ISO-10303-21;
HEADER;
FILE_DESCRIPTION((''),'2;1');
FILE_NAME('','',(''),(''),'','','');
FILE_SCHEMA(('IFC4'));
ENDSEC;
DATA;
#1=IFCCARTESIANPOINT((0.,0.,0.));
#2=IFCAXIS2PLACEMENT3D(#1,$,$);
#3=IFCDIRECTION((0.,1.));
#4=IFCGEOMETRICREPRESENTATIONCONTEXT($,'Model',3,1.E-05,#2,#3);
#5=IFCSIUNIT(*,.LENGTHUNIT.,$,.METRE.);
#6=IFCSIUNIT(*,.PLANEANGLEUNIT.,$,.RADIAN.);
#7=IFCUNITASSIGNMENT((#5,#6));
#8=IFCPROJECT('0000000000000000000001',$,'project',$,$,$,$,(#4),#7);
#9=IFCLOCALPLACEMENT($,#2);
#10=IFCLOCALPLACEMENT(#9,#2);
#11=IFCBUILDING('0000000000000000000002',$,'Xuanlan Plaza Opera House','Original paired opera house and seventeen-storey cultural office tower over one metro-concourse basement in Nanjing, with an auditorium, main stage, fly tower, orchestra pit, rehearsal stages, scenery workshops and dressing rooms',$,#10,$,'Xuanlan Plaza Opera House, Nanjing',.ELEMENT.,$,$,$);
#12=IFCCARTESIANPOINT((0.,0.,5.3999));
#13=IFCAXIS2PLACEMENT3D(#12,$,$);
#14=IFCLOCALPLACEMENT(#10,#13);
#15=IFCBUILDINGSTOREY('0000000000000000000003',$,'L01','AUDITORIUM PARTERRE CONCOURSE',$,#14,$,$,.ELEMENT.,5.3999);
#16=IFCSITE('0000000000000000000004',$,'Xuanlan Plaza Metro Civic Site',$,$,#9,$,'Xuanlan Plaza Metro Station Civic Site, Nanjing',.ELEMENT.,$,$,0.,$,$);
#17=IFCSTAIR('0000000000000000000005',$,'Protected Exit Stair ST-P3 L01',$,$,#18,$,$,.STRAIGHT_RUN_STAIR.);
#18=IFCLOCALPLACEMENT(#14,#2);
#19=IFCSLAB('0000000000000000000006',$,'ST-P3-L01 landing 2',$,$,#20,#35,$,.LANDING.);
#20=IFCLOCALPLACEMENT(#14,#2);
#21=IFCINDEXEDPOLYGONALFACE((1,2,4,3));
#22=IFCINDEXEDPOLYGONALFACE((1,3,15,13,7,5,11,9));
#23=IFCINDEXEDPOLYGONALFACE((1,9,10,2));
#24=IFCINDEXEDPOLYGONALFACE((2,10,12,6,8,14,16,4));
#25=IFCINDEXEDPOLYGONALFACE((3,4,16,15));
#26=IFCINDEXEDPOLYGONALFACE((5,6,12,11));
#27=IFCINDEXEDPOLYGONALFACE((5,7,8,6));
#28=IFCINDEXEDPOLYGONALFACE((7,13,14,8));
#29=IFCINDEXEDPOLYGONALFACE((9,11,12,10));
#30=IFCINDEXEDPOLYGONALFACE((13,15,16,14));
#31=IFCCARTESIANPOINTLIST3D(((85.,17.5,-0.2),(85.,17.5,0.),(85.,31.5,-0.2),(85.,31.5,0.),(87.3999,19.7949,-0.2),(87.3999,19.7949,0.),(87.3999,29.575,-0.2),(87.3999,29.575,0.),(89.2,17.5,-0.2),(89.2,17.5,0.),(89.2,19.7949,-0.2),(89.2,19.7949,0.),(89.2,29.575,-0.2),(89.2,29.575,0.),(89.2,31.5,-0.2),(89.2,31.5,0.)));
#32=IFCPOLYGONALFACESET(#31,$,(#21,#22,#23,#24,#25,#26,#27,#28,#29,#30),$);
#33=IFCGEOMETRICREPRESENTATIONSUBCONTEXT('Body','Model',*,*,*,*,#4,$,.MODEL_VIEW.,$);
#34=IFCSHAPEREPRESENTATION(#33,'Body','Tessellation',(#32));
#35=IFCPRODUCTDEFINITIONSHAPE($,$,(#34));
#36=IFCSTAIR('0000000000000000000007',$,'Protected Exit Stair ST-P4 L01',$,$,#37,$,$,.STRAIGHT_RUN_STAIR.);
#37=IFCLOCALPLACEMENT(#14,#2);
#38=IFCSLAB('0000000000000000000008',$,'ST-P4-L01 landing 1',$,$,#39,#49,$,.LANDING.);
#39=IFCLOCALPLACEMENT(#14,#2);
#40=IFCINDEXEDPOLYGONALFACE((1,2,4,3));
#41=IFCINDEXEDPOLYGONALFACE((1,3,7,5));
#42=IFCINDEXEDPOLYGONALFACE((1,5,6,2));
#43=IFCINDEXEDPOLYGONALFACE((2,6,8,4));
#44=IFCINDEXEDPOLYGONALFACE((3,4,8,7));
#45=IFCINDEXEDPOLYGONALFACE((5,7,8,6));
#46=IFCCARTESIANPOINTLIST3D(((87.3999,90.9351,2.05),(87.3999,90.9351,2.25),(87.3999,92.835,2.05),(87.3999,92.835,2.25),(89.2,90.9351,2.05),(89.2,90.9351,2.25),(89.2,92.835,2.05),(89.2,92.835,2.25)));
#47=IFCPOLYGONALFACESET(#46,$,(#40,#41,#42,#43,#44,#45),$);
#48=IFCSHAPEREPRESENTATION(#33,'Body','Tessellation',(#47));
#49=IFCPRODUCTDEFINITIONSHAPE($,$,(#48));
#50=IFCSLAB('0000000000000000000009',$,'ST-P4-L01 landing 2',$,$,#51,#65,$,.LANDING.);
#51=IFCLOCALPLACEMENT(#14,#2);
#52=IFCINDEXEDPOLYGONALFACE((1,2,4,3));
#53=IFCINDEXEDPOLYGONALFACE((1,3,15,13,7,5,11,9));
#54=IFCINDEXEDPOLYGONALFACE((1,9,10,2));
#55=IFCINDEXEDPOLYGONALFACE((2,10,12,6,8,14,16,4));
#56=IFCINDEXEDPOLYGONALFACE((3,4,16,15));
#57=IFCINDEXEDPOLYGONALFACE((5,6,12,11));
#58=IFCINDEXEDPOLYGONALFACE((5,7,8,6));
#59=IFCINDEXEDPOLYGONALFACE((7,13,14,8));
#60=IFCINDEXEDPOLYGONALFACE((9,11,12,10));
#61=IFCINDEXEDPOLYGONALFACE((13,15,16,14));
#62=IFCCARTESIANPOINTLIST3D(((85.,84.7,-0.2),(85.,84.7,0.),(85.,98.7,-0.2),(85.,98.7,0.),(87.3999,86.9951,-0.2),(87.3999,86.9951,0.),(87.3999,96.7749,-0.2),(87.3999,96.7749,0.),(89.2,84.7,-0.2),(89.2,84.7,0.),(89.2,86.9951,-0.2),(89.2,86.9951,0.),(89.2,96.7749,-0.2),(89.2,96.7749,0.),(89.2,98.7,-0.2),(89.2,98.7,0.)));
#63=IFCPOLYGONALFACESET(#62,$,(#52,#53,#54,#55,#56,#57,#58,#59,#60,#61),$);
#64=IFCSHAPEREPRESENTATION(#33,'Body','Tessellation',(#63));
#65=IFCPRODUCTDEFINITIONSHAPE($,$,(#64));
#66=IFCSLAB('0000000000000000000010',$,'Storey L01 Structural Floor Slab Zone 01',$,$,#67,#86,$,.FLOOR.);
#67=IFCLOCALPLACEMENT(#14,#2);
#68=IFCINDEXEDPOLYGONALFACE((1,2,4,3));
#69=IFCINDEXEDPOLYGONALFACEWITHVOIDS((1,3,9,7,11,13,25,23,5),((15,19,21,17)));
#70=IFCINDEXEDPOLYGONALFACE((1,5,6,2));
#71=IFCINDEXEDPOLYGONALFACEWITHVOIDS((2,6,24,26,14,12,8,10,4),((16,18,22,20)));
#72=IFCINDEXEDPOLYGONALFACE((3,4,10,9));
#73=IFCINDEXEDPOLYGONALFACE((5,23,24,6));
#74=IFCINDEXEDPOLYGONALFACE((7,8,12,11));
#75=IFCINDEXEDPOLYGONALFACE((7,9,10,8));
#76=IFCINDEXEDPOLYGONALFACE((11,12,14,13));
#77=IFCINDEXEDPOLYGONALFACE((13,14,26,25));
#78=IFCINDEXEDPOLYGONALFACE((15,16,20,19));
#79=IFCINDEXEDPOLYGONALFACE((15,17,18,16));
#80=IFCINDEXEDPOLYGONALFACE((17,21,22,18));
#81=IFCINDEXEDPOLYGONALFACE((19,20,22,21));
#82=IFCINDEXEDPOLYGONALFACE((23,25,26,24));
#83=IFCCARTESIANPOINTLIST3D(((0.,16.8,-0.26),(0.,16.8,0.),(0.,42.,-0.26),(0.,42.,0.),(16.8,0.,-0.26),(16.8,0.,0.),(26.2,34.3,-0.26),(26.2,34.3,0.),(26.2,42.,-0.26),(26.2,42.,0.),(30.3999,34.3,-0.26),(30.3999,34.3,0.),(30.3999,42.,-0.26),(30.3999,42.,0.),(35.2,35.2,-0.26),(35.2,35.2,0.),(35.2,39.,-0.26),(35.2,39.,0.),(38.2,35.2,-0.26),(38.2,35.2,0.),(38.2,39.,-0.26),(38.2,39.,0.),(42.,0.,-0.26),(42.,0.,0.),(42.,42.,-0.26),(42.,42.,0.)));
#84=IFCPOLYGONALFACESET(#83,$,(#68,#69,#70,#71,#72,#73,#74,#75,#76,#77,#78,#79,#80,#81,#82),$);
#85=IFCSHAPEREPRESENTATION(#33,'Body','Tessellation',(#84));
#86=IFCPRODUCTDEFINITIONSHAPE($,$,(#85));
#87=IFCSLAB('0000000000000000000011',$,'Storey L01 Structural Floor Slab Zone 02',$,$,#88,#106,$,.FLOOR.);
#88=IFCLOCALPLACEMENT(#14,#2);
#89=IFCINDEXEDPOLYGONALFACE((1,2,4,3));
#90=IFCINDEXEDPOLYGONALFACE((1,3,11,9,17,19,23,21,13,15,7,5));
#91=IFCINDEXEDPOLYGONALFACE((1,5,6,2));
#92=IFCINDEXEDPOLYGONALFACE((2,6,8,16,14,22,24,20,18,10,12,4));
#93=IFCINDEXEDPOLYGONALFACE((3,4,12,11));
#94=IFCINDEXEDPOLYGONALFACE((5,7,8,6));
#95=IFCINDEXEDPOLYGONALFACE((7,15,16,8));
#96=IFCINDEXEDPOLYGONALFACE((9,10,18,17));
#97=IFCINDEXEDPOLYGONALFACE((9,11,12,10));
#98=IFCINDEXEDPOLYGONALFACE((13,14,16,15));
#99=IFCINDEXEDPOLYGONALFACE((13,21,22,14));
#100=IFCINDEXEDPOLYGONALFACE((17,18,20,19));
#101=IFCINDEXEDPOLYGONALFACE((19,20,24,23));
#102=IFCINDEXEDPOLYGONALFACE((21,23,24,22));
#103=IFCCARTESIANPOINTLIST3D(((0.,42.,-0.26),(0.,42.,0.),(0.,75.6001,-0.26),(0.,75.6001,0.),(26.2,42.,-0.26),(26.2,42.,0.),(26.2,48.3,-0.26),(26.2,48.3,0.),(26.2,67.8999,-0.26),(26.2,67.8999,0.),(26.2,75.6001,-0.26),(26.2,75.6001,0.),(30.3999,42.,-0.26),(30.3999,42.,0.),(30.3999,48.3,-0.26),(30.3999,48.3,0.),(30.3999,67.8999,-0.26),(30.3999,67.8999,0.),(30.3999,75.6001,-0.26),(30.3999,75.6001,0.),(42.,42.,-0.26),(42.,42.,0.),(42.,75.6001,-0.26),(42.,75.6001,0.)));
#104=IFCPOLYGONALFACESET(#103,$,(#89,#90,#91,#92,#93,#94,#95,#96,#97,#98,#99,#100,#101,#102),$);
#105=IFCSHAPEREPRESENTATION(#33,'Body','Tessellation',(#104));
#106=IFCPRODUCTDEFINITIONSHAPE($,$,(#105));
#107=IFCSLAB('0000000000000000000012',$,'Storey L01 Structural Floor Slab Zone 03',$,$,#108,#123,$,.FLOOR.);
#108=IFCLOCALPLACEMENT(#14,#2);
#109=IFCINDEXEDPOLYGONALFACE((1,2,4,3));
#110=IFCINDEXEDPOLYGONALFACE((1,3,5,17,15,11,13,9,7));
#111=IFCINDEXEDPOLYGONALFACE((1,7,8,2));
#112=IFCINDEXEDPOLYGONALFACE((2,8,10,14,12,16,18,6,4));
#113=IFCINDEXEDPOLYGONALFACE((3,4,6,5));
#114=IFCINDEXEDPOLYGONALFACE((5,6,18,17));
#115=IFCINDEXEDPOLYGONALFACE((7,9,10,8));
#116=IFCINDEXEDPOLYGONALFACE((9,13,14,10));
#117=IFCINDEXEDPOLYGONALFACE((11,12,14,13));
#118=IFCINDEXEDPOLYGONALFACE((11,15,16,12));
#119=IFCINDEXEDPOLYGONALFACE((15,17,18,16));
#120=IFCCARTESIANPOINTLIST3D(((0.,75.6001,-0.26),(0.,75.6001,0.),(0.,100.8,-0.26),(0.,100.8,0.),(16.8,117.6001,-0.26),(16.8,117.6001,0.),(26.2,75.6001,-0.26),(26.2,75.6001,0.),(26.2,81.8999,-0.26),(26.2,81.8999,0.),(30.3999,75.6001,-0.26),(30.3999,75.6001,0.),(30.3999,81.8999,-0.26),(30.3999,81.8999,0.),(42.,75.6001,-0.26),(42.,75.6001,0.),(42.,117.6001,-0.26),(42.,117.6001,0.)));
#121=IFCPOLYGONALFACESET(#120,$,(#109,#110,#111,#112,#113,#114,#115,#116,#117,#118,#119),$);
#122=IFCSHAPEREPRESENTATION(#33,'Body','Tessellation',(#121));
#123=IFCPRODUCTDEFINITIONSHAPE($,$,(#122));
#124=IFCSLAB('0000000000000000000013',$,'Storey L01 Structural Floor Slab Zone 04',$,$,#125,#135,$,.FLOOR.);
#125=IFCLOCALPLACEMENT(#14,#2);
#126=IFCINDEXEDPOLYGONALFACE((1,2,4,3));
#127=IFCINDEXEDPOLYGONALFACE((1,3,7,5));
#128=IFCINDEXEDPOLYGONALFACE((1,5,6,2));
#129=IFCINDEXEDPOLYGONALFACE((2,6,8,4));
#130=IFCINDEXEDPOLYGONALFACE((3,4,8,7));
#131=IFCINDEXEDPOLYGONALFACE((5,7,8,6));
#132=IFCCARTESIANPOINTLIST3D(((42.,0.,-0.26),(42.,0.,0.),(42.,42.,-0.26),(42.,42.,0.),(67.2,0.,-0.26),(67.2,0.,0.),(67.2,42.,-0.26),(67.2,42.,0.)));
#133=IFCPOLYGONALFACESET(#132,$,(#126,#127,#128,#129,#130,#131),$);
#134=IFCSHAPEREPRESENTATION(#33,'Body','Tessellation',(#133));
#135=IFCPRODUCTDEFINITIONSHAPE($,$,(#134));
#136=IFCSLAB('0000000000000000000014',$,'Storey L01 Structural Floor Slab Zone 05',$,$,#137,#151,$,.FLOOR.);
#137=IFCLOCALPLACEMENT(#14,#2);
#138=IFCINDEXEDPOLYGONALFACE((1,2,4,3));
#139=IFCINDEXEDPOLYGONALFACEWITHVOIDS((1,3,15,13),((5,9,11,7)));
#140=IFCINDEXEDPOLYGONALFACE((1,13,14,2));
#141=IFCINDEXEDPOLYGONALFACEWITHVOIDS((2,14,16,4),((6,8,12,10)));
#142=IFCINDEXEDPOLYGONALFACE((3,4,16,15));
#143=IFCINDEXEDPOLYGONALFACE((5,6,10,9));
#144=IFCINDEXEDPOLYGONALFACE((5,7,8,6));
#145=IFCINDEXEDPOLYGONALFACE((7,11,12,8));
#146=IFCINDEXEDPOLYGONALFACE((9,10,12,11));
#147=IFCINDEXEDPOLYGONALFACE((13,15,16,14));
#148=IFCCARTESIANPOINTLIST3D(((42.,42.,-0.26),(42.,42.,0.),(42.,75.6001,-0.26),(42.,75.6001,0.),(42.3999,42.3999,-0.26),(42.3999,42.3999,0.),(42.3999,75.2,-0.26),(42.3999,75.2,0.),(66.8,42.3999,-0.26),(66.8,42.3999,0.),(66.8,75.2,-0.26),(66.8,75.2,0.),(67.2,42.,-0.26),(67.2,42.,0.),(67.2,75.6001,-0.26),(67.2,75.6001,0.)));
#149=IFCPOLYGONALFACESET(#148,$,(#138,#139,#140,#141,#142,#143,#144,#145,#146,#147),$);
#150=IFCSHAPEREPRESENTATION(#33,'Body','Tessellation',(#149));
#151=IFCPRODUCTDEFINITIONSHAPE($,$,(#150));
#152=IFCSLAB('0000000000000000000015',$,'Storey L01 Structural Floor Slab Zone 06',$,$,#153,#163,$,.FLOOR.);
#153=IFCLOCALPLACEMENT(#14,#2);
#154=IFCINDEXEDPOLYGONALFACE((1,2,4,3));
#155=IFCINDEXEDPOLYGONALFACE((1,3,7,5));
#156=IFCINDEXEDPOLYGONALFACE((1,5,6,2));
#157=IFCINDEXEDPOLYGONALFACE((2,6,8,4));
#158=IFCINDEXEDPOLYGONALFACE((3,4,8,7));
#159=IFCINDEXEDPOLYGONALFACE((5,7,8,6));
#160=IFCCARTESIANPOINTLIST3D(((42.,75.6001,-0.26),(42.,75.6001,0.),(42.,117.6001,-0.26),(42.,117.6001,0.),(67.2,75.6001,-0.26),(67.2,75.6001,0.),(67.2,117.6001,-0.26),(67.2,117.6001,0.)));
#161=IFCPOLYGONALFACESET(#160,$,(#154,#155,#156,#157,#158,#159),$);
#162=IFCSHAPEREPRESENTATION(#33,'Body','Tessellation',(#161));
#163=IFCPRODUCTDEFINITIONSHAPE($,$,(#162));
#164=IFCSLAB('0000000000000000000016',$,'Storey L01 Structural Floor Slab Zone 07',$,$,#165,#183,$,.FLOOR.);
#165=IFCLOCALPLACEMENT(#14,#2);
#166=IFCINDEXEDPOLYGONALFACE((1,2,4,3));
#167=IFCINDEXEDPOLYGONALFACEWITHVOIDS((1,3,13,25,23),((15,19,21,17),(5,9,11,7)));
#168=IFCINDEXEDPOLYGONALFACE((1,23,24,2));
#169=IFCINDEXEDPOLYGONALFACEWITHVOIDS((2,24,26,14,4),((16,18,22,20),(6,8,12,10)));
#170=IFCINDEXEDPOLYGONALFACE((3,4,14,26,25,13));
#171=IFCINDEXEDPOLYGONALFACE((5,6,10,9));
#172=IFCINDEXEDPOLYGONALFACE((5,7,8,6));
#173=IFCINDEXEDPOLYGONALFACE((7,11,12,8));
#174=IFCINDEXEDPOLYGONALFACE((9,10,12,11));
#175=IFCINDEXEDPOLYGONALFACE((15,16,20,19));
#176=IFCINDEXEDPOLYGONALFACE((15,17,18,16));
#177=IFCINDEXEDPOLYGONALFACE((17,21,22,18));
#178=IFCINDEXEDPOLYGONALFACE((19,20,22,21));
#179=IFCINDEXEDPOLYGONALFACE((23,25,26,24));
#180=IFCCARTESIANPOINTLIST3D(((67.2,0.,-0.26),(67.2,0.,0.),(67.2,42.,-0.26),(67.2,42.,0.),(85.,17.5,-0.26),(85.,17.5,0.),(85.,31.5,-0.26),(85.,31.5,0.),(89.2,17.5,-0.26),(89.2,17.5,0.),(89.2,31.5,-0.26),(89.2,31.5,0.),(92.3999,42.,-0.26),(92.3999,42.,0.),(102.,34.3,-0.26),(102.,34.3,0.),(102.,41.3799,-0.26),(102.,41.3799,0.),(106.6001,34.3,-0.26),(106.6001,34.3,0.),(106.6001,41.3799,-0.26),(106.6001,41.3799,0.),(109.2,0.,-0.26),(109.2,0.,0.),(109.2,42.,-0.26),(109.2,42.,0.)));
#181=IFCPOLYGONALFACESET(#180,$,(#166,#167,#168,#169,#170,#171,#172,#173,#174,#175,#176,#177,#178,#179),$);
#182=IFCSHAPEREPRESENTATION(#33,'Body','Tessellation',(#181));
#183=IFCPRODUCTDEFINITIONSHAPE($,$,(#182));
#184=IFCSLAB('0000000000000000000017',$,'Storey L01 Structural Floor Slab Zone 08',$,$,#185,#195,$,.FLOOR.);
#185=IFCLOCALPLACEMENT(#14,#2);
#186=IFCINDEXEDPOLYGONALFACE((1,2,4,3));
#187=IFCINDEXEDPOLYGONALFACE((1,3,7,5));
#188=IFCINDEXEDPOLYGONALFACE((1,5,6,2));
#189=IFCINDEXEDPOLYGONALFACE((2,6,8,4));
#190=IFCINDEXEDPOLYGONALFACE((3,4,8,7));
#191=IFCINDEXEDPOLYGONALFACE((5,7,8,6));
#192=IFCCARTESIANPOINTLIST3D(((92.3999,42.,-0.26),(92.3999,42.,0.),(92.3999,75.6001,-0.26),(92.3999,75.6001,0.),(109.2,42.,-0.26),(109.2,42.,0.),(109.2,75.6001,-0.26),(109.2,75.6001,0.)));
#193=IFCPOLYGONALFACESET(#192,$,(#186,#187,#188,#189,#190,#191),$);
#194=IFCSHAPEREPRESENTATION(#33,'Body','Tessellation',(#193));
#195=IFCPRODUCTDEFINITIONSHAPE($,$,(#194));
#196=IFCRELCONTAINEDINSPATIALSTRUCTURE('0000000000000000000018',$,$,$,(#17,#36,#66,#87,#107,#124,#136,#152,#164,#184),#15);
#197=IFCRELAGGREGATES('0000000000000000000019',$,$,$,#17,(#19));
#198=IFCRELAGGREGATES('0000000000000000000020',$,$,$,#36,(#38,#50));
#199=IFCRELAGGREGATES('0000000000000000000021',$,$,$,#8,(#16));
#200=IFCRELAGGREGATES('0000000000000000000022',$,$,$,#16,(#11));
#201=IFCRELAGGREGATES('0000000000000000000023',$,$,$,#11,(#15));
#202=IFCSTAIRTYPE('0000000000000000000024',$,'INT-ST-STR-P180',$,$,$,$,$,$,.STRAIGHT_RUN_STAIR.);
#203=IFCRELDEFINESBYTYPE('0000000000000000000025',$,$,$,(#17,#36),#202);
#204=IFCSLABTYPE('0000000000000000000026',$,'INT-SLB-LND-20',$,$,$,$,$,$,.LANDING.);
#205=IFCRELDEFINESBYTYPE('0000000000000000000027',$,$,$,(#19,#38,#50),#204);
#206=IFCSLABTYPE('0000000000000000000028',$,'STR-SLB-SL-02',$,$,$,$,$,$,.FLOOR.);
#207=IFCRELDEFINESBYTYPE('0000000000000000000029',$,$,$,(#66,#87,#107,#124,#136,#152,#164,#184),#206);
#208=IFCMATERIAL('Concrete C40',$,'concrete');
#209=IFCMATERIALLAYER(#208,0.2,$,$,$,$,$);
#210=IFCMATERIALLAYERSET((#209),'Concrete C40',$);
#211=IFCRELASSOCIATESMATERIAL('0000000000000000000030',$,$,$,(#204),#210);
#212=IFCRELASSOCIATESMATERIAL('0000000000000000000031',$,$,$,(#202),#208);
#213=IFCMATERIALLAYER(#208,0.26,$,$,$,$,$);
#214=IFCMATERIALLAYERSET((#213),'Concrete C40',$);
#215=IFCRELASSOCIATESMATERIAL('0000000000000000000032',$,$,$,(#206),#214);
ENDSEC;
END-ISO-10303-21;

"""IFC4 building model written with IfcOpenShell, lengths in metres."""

from ifc_helpers import new_model, si_unit, direction, frame, origin, place, context, subcontext, project, spatial, polyline, outline, extrude, material, layer, layer_set, type_object, element, aggregate, save


model = new_model("IFC4")

# Units and contexts
model_context = context("Model", 3, precision=1e-05, world=origin(), true_north=direction((0.0, 1.0)))
body_context = subcontext(model_context, "Body", "Model", "MODEL_VIEW")
ifc_project = project(units=[si_unit("LENGTHUNIT", "METRE"), si_unit("PLANEANGLEUNIT", "RADIAN")], contexts=[model_context])

# Site, building, storey
site_placement = place(None, origin())
site = spatial("IfcSite", under=ifc_project, at=site_placement, Name="Xuanlan Plaza Metro Civic Site", LongName="Xuanlan Plaza Metro Station Civic Site, Nanjing", CompositionType="ELEMENT", RefElevation=0.0)
building_placement = place(site_placement, origin())
building = spatial("IfcBuilding", under=site, at=building_placement, Name="Xuanlan Plaza Opera House", Description="Original paired opera house and seventeen-storey cultural office tower over one metro-concourse basement in Nanjing, with an auditorium, main stage, fly tower, orchestra pit, rehearsal stages, scenery workshops and dressing rooms", LongName="Xuanlan Plaza Opera House, Nanjing", CompositionType="ELEMENT")
storey_placement = place(building_placement, frame((0.0, 0.0, 5.3999)))
storey = spatial("IfcBuildingStorey", under=building, at=storey_placement, Name="L01", Description="AUDITORIUM PARTERRE CONCOURSE", CompositionType="ELEMENT", Elevation=5.3999)

# Shared definitions
ifc_material = material(Name="Concrete C40", Category="concrete")

# Stairs, slabs
ifc_layer_1 = layer(ifc_material, 0.2)
ifc_layer_set_1 = layer_set([ifc_layer_1], Name="Concrete C40")
slab_type_1 = type_object("IfcSlabType", Name="INT-SLB-LND-20", PredefinedType="LANDING", material=ifc_layer_set_1)
stair_type_1 = type_object("IfcStairType", Name="INT-ST-STR-P180", PredefinedType="STRAIGHT_RUN_STAIR", material=ifc_material)
stair_1_placement = place(storey_placement, origin())
stair_1 = element("IfcStair", 1, at=stair_1_placement, inside=storey, type_object=stair_type_1, Name="Protected Exit Stair ST-P3 L01", PredefinedType="STRAIGHT_RUN_STAIR")
slab_1_placement = place(storey_placement, frame((0.0, 0.0, -0.2)))
slab_1 = element("IfcSlab", 2, at=slab_1_placement, type_object=slab_type_1, Name="ST-P3-L01 landing 2", PredefinedType="LANDING", context=body_context, shape_type="SweptSolid", body=[
    extrude(outline(polyline([(85.0, 17.5), (89.2, 17.5), (89.2, 19.7949), (87.3999, 19.7949), (87.3999, 29.575), (89.2, 29.575), (89.2, 31.5), (85.0, 31.5), (85.0, 17.5)])), origin(), (0.0, 0.0, 1.0), 0.2),
])
aggregate(stair_1, [slab_1])
stair_2_placement = place(storey_placement, origin())
stair_2 = element("IfcStair", 3, at=stair_2_placement, inside=storey, type_object=stair_type_1, Name="Protected Exit Stair ST-P4 L01", PredefinedType="STRAIGHT_RUN_STAIR")
slab_2_placement = place(storey_placement, frame((0.0, 0.0, 2.05)))
slab_2 = element("IfcSlab", 4, at=slab_2_placement, type_object=slab_type_1, Name="ST-P4-L01 landing 1", PredefinedType="LANDING", context=body_context, shape_type="SweptSolid", body=[
    extrude(outline(polyline([(87.3999, 90.9351), (89.2, 90.9351), (89.2, 92.835), (87.3999, 92.835), (87.3999, 90.9351)])), origin(), (0.0, 0.0, 1.0), 0.2),
])
slab_3_placement = place(storey_placement, frame((0.0, 0.0, -0.2)))
slab_3 = element("IfcSlab", 5, at=slab_3_placement, type_object=slab_type_1, Name="ST-P4-L01 landing 2", PredefinedType="LANDING", context=body_context, shape_type="SweptSolid", body=[
    extrude(outline(polyline([(85.0, 84.7), (89.2, 84.7), (89.2, 86.9951), (87.3999, 86.9951), (87.3999, 96.7749), (89.2, 96.7749), (89.2, 98.7), (85.0, 98.7), (85.0, 84.7)])), origin(), (0.0, 0.0, 1.0), 0.2),
])
aggregate(stair_2, [slab_2, slab_3])

# Slabs
ifc_layer_2 = layer(ifc_material, 0.26)
ifc_layer_set_2 = layer_set([ifc_layer_2], Name="Concrete C40")
slab_type_2 = type_object("IfcSlabType", Name="STR-SLB-SL-02", PredefinedType="FLOOR", material=ifc_layer_set_2)
slab_4_placement = place(storey_placement, frame((0.0, 0.0, -0.26)))
element("IfcSlab", 6, at=slab_4_placement, inside=storey, type_object=slab_type_2, Name="Storey L01 Structural Floor Slab Zone 01", PredefinedType="FLOOR", context=body_context, shape_type="SweptSolid", body=[
    extrude(outline(polyline([(16.8, 0.0), (0.0, 16.8), (0.0, 42.0), (26.2, 42.0), (26.2, 34.3), (30.3999, 34.3), (30.3999, 42.0), (42.0, 42.0), (42.0, 0.0), (16.8, 0.0)]), holes=[polyline([(38.2, 35.2), (38.2, 39.0), (35.2, 39.0), (35.2, 35.2), (38.2, 35.2)])]), origin(), (0.0, 0.0, 1.0), 0.26),
])
slab_5_placement = place(storey_placement, frame((0.0, 0.0, -0.26)))
element("IfcSlab", 7, at=slab_5_placement, inside=storey, type_object=slab_type_2, Name="Storey L01 Structural Floor Slab Zone 02", PredefinedType="FLOOR", context=body_context, shape_type="SweptSolid", body=[
    extrude(outline(polyline([(0.0, 75.6001), (26.2, 75.6001), (26.2, 67.8999), (30.3999, 67.8999), (30.3999, 75.6001), (42.0, 75.6001), (42.0, 42.0), (30.3999, 42.0), (30.3999, 48.3), (26.2, 48.3), (26.2, 42.0), (0.0, 42.0), (0.0, 75.6001)])), origin(), (0.0, 0.0, 1.0), 0.26),
])
slab_6_placement = place(storey_placement, frame((0.0, 0.0, -0.26)))
element("IfcSlab", 8, at=slab_6_placement, inside=storey, type_object=slab_type_2, Name="Storey L01 Structural Floor Slab Zone 03", PredefinedType="FLOOR", context=body_context, shape_type="SweptSolid", body=[
    extrude(outline(polyline([(0.0, 100.8), (16.8, 117.6001), (42.0, 117.6001), (42.0, 75.6001), (30.3999, 75.6001), (30.3999, 81.8999), (26.2, 81.8999), (26.2, 75.6001), (0.0, 75.6001), (0.0, 100.8)])), origin(), (0.0, 0.0, 1.0), 0.26),
])
slab_7_placement = place(storey_placement, frame((0.0, 0.0, -0.26)))
element("IfcSlab", 9, at=slab_7_placement, inside=storey, type_object=slab_type_2, Name="Storey L01 Structural Floor Slab Zone 04", PredefinedType="FLOOR", context=body_context, shape_type="SweptSolid", body=[
    extrude(outline(polyline([(42.0, 0.0), (42.0, 42.0), (67.2, 42.0), (67.2, 0.0), (42.0, 0.0)])), origin(), (0.0, 0.0, 1.0), 0.26),
])
slab_8_placement = place(storey_placement, frame((0.0, 0.0, -0.26)))
element("IfcSlab", 10, at=slab_8_placement, inside=storey, type_object=slab_type_2, Name="Storey L01 Structural Floor Slab Zone 05", PredefinedType="FLOOR", context=body_context, shape_type="SweptSolid", body=[
    extrude(outline(polyline([(67.2, 42.0), (42.0, 42.0), (42.0, 75.6001), (67.2, 75.6001), (67.2, 42.0)]), holes=[polyline([(42.3999, 42.3999), (66.8, 42.3999), (66.8, 75.2), (42.3999, 75.2), (42.3999, 42.3999)])]), origin(), (0.0, 0.0, 1.0), 0.26),
])
slab_9_placement = place(storey_placement, frame((0.0, 0.0, -0.26)))
element("IfcSlab", 11, at=slab_9_placement, inside=storey, type_object=slab_type_2, Name="Storey L01 Structural Floor Slab Zone 06", PredefinedType="FLOOR", context=body_context, shape_type="SweptSolid", body=[
    extrude(outline(polyline([(67.2, 117.6001), (67.2, 75.6001), (42.0, 75.6001), (42.0, 117.6001), (67.2, 117.6001)])), origin(), (0.0, 0.0, 1.0), 0.26),
])
slab_10_placement = place(storey_placement, frame((0.0, 0.0, -0.26)))
element("IfcSlab", 12, at=slab_10_placement, inside=storey, type_object=slab_type_2, Name="Storey L01 Structural Floor Slab Zone 07", PredefinedType="FLOOR", context=body_context, shape_type="SweptSolid", body=[
    extrude(outline(polyline([(67.2, 0.0), (67.2, 42.0), (92.3999, 42.0), (109.2, 42.0), (109.2, 0.0), (67.2, 0.0)]), holes=[polyline([(89.2, 31.5), (85.0, 31.5), (85.0, 17.5), (89.2, 17.5), (89.2, 31.5)]), polyline([(102.0, 34.3), (106.6001, 34.3), (106.6001, 41.3799), (102.0, 41.3799), (102.0, 34.3)])]), origin(), (0.0, 0.0, 1.0), 0.26),
])
slab_11_placement = place(storey_placement, frame((0.0, 0.0, -0.26)))
element("IfcSlab", 13, at=slab_11_placement, inside=storey, type_object=slab_type_2, Name="Storey L01 Structural Floor Slab Zone 08", PredefinedType="FLOOR", context=body_context, shape_type="SweptSolid", body=[
    extrude(outline(polyline([(92.3999, 75.6001), (109.2, 75.6001), (109.2, 42.0), (92.3999, 42.0), (92.3999, 75.6001)])), origin(), (0.0, 0.0, 1.0), 0.26),
])

save(model, "model.ifc")
